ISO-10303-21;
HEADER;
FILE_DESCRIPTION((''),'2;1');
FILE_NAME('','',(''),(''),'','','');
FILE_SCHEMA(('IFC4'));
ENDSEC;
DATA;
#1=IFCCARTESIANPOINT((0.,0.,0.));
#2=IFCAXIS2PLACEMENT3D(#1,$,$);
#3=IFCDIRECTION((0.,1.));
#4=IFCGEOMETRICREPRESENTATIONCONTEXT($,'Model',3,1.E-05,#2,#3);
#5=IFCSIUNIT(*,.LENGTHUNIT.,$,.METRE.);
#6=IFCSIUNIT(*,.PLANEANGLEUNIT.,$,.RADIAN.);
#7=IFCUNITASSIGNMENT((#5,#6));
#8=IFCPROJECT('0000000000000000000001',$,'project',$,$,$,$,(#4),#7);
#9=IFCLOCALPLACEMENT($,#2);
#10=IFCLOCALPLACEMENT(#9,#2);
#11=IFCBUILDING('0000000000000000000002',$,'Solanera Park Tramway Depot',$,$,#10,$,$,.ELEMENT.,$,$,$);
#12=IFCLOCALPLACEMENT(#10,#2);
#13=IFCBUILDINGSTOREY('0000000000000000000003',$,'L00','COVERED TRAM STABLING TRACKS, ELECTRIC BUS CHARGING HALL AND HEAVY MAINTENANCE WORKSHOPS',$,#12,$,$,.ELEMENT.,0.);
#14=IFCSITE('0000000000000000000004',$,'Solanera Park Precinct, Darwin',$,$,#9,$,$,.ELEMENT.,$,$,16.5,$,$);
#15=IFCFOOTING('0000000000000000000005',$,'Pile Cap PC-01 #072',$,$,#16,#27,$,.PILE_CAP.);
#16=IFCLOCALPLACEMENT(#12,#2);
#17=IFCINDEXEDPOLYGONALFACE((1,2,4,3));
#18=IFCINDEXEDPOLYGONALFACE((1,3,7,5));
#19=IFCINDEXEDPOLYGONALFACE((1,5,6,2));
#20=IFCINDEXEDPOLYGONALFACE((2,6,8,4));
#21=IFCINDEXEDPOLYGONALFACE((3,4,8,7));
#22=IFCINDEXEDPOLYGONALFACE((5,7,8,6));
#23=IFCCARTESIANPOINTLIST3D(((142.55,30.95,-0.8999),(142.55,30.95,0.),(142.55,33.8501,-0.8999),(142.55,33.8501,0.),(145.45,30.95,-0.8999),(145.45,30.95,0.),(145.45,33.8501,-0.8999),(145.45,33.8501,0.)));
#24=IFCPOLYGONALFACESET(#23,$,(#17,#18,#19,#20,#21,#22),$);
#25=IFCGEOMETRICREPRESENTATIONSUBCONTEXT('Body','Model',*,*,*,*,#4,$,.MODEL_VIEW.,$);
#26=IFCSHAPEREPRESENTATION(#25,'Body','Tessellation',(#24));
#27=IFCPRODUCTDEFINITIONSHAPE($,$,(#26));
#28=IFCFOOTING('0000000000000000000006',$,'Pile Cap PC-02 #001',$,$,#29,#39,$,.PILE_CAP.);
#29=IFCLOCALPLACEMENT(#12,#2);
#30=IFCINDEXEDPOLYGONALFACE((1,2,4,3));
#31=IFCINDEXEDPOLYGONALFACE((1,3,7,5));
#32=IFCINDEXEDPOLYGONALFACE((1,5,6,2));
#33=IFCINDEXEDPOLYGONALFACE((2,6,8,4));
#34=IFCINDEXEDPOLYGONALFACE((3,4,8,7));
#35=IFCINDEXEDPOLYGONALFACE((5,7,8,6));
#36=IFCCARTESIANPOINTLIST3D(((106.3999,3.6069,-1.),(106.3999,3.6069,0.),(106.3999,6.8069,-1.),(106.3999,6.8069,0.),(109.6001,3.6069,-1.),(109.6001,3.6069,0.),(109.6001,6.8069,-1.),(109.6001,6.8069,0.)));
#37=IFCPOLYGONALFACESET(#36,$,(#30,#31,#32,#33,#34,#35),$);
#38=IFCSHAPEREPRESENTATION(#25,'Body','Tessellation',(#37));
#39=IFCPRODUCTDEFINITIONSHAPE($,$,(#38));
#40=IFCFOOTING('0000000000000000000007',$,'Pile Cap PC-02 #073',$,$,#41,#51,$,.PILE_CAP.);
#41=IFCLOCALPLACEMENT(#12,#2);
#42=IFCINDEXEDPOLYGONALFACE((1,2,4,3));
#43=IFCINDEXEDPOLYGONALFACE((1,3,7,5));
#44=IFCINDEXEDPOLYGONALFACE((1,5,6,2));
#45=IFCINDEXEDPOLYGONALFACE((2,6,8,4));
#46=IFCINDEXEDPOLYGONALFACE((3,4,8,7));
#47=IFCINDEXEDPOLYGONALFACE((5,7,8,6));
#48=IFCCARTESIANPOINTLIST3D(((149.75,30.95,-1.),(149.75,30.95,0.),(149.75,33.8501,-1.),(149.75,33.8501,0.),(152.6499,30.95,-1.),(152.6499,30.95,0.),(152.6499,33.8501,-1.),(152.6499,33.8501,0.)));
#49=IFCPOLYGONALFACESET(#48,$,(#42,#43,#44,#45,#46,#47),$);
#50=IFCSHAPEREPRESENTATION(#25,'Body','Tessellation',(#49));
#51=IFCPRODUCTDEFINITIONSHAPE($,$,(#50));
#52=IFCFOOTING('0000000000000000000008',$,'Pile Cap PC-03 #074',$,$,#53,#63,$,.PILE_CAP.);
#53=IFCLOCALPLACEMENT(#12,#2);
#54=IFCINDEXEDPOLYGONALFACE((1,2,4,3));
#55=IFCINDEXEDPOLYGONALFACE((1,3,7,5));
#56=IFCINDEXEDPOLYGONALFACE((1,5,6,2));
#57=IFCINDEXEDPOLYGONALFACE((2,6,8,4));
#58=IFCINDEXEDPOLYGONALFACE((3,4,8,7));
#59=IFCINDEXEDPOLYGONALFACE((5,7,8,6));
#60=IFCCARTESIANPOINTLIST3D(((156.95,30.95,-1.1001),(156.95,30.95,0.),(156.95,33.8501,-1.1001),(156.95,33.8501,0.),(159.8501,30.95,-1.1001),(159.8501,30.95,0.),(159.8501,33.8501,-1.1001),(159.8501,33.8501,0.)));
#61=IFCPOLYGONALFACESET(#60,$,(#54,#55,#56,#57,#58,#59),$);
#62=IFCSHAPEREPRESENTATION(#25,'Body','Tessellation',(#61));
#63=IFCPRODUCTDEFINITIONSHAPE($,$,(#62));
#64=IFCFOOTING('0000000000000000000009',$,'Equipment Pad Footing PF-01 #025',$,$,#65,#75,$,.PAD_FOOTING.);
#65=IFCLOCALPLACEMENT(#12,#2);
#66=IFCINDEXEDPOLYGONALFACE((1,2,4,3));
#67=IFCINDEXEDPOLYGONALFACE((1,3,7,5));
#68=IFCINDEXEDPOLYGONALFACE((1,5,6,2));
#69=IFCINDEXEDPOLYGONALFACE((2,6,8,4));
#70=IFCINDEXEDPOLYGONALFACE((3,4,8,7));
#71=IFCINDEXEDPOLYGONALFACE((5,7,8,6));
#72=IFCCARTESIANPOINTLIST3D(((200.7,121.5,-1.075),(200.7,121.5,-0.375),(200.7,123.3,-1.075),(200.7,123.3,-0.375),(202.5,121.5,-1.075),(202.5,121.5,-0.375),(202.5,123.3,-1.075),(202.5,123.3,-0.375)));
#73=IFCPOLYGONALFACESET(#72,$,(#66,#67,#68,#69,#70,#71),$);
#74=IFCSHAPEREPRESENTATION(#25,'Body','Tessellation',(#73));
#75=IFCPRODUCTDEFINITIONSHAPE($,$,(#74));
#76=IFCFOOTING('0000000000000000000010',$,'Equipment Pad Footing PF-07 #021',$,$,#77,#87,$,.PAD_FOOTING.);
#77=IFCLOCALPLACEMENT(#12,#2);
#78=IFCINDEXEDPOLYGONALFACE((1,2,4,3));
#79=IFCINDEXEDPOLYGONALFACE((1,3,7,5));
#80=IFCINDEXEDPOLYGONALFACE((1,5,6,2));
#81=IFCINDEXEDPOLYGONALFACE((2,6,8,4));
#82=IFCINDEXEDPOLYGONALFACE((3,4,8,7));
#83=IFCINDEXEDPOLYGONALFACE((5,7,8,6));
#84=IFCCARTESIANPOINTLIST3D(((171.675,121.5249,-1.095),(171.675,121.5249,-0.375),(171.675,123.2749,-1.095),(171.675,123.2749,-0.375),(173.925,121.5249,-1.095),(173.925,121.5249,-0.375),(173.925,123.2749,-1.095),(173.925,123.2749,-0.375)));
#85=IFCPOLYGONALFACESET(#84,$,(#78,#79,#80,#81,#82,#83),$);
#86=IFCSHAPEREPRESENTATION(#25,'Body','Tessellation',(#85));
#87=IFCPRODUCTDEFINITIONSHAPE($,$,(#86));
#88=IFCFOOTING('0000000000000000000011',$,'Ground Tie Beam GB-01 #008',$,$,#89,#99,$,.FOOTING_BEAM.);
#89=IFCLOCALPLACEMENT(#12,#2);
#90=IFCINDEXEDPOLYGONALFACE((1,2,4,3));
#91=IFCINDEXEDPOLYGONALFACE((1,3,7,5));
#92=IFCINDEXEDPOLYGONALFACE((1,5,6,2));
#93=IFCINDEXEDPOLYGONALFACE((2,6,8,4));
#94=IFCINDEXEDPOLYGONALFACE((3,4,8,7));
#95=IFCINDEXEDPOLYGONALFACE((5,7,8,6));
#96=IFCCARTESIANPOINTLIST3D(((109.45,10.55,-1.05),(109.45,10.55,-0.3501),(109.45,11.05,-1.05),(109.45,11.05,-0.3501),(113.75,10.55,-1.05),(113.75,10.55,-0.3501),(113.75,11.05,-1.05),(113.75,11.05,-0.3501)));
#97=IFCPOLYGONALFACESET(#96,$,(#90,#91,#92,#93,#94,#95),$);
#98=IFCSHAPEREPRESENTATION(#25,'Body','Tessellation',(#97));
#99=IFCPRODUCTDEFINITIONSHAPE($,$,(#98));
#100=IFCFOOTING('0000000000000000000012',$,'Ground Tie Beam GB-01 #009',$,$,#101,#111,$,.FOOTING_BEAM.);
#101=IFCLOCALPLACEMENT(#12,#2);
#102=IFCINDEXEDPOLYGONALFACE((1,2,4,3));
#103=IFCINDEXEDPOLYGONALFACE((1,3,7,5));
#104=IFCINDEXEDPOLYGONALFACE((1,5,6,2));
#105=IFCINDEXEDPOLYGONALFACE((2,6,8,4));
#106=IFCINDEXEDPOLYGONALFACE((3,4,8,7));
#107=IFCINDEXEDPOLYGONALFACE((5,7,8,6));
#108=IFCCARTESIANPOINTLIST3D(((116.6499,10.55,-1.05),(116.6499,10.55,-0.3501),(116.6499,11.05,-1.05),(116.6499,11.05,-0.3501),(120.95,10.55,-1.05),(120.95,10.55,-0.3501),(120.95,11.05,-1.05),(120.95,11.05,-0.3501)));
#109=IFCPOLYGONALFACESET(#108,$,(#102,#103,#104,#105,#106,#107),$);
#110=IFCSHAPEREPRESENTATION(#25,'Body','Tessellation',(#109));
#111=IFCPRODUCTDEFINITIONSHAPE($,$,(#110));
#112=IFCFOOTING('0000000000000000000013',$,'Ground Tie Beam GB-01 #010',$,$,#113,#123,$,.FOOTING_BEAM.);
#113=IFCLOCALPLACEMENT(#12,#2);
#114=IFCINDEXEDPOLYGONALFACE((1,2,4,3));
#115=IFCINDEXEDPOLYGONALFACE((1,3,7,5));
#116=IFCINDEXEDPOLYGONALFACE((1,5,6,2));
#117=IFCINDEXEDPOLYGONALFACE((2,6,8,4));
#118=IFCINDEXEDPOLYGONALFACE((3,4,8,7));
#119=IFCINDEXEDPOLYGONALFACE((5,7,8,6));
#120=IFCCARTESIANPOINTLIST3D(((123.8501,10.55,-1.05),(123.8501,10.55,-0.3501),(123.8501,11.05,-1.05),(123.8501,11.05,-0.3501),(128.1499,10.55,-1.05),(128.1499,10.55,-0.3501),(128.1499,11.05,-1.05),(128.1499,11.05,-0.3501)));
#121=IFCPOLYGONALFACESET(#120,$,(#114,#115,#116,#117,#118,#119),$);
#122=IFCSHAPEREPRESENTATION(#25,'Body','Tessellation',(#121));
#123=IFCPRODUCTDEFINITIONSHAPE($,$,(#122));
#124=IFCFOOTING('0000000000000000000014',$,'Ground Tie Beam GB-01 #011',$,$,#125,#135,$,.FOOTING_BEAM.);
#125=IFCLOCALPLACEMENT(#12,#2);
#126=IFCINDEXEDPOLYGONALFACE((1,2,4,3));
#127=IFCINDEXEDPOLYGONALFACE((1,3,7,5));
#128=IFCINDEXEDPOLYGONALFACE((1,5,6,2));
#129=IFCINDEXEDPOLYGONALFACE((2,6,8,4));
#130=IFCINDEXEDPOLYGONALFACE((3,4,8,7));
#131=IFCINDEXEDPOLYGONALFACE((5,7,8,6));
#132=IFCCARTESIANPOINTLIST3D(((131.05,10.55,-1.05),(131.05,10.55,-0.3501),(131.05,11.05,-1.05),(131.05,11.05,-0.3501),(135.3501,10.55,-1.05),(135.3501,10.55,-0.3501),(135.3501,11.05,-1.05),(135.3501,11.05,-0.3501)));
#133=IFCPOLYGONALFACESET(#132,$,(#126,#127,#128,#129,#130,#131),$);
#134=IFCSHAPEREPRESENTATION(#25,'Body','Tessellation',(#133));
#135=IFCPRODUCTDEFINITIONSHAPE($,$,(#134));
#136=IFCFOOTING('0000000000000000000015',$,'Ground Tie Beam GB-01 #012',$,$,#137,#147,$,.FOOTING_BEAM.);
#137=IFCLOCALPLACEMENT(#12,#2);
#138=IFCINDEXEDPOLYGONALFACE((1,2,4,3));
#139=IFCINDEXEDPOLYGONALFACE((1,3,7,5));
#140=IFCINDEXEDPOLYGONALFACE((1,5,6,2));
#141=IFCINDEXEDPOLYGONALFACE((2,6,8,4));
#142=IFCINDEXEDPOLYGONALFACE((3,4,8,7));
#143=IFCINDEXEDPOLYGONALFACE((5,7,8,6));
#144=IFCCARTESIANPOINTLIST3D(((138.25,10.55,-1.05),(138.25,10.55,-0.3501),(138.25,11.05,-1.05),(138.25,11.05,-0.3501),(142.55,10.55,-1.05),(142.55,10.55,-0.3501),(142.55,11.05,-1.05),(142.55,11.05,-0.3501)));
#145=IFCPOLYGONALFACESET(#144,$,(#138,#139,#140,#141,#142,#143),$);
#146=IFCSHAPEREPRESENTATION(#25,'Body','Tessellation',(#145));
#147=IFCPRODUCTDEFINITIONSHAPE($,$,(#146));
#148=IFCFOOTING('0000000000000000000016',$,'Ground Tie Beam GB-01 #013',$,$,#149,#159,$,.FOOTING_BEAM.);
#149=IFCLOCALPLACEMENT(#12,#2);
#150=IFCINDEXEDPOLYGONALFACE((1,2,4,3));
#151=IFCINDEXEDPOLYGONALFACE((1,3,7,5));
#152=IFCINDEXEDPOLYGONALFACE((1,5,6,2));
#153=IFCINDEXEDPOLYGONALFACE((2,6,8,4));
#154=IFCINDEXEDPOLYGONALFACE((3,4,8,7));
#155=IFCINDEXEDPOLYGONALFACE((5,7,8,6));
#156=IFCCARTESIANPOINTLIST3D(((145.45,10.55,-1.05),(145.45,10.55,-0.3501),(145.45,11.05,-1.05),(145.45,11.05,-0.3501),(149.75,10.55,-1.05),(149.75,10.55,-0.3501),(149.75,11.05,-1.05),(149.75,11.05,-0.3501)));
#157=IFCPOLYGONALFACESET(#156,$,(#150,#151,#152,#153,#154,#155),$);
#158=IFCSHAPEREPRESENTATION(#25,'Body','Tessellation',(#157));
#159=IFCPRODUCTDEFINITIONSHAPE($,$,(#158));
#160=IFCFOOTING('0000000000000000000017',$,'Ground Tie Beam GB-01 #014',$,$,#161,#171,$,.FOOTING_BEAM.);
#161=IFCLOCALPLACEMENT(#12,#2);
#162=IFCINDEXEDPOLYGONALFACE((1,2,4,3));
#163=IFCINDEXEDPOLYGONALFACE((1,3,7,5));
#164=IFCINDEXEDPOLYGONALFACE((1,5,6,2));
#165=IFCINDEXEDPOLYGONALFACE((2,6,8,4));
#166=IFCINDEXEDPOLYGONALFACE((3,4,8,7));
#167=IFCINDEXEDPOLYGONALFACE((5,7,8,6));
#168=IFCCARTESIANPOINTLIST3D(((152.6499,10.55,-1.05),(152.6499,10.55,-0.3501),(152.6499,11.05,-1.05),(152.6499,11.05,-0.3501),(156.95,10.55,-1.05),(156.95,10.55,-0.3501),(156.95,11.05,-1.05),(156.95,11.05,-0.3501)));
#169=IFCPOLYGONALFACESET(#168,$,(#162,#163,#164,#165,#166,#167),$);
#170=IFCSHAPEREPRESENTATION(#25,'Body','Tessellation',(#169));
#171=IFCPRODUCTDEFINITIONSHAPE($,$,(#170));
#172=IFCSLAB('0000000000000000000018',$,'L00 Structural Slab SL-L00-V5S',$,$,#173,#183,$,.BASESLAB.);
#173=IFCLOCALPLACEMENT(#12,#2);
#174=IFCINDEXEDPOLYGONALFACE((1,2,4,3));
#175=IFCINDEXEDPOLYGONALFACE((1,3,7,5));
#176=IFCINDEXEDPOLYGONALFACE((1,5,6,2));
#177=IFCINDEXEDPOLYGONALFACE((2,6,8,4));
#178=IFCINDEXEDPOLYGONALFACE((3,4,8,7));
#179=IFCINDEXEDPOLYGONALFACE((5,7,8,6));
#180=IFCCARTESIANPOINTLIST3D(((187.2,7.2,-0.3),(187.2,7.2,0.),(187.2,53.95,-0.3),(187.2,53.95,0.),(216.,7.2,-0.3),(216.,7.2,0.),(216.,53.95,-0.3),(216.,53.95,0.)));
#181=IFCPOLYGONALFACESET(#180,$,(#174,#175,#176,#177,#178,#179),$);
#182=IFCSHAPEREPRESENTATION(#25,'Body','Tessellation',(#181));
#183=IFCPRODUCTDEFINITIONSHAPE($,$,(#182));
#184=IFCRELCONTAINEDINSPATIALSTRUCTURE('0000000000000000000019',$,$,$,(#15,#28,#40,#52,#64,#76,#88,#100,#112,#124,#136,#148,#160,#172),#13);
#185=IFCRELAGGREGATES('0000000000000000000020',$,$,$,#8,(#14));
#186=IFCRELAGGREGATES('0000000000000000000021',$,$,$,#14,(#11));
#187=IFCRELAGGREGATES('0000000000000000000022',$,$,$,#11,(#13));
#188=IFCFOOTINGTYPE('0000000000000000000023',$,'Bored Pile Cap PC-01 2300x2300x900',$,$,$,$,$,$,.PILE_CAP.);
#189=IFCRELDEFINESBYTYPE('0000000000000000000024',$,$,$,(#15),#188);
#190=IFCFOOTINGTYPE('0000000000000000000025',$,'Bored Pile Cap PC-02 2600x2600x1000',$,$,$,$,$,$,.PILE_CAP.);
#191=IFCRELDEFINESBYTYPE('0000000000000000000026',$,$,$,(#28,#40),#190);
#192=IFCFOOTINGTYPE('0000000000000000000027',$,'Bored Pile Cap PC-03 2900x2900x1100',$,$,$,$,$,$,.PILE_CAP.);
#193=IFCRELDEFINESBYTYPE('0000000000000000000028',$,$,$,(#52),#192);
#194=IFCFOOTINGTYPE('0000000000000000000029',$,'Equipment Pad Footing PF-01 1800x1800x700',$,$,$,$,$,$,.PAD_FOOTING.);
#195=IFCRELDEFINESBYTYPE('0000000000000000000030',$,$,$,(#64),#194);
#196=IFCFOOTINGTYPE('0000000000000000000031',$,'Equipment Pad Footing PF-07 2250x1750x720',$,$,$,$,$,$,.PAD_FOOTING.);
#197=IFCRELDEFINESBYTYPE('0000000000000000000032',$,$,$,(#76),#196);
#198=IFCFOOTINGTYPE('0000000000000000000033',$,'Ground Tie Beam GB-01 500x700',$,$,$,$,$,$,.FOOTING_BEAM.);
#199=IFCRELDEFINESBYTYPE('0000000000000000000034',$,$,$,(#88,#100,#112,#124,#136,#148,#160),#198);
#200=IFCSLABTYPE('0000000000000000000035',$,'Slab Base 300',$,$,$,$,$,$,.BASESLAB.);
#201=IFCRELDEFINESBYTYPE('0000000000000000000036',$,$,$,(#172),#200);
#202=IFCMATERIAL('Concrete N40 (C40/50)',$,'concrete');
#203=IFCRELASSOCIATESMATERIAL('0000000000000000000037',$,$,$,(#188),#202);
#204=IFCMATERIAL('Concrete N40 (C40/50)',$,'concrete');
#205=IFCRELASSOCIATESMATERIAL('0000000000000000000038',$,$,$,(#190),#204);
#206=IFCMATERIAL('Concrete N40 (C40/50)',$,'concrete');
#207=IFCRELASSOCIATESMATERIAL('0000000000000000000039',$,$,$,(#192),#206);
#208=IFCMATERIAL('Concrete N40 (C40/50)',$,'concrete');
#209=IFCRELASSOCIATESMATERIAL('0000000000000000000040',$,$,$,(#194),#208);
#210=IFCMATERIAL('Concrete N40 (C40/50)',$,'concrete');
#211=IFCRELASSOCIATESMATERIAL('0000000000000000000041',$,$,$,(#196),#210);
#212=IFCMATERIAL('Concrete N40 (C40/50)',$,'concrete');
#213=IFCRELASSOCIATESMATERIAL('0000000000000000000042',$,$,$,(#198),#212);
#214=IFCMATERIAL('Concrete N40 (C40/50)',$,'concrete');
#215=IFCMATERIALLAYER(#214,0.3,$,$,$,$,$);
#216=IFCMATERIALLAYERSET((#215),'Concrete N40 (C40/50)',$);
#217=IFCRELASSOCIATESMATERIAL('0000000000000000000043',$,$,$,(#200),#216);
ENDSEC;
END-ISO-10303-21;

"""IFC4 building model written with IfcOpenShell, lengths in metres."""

from ifc_helpers import new_model, si_unit, direction, frame, origin, place, context, subcontext, project, spatial, polyline, outline, extrude, material, layer, layer_set, type_object, element, save


model = new_model("IFC4")

# Units and contexts
model_context = context("Model", 3, precision=1e-05, world=origin(), true_north=direction((0.0, 1.0)))
body_context = subcontext(model_context, "Body", "Model", "MODEL_VIEW")
ifc_project = project(units=[si_unit("LENGTHUNIT", "METRE"), si_unit("PLANEANGLEUNIT", "RADIAN")], contexts=[model_context])

# Site, building, storey
site_placement = place(None, origin())
site = spatial("IfcSite", under=ifc_project, at=site_placement, Name="Solanera Park Precinct, Darwin", CompositionType="ELEMENT", RefElevation=16.5)
building_placement = place(site_placement, origin())
building = spatial("IfcBuilding", under=site, at=building_placement, Name="Solanera Park Tramway Depot", CompositionType="ELEMENT")
storey_placement = place(building_placement, origin())
storey = spatial("IfcBuildingStorey", under=building, at=storey_placement, Name="L00", Description="COVERED TRAM STABLING TRACKS, ELECTRIC BUS CHARGING HALL AND HEAVY MAINTENANCE WORKSHOPS", CompositionType="ELEMENT", Elevation=0.0)

# Footings
ifc_material_1 = material(Name="Concrete N40 (C40/50)", Category="concrete")
footing_type_1 = type_object("IfcFootingType", Name="Bored Pile Cap PC-01 2300x2300x900", PredefinedType="PILE_CAP", material=ifc_material_1)
footing_1_placement = place(storey_placement, frame((0.0, 0.0, -0.8999)))
element("IfcFooting", 1, at=footing_1_placement, inside=storey, type_object=footing_type_1, Name="Pile Cap PC-01 #072", PredefinedType="PILE_CAP", context=body_context, shape_type="SweptSolid", body=[
    extrude(outline(polyline([(145.45, 30.95), (145.45, 33.8501), (142.55, 33.8501), (142.55, 30.95), (145.45, 30.95)])), origin(), (0.0, 0.0, 1.0), 0.8999),
])
ifc_material_2 = material(Name="Concrete N40 (C40/50)", Category="concrete")
footing_type_2 = type_object("IfcFootingType", Name="Bored Pile Cap PC-02 2600x2600x1000", PredefinedType="PILE_CAP", material=ifc_material_2)
footing_2_placement = place(storey_placement, frame((0.0, 0.0, -1.0)))
element("IfcFooting", 2, at=footing_2_placement, inside=storey, type_object=footing_type_2, Name="Pile Cap PC-02 #001", PredefinedType="PILE_CAP", context=body_context, shape_type="SweptSolid", body=[
    extrude(outline(polyline([(109.6001, 3.6069), (109.6001, 6.8069), (106.3999, 6.8069), (106.3999, 3.6069), (109.6001, 3.6069)])), origin(), (0.0, 0.0, 1.0), 1.0),
])
footing_3_placement = place(storey_placement, frame((0.0, 0.0, -1.0)))
element("IfcFooting", 3, at=footing_3_placement, inside=storey, type_object=footing_type_2, Name="Pile Cap PC-02 #073", PredefinedType="PILE_CAP", context=body_context, shape_type="SweptSolid", body=[
    extrude(outline(polyline([(152.6499, 30.95), (152.6499, 33.8501), (149.75, 33.8501), (149.75, 30.95), (152.6499, 30.95)])), origin(), (0.0, 0.0, 1.0), 1.0),
])
ifc_material_3 = material(Name="Concrete N40 (C40/50)", Category="concrete")
footing_type_3 = type_object("IfcFootingType", Name="Bored Pile Cap PC-03 2900x2900x1100", PredefinedType="PILE_CAP", material=ifc_material_3)
footing_4_placement = place(storey_placement, frame((0.0, 0.0, -1.1001)))
element("IfcFooting", 4, at=footing_4_placement, inside=storey, type_object=footing_type_3, Name="Pile Cap PC-03 #074", PredefinedType="PILE_CAP", context=body_context, shape_type="SweptSolid", body=[
    extrude(outline(polyline([(159.8501, 30.95), (159.8501, 33.8501), (156.95, 33.8501), (156.95, 30.95), (159.8501, 30.95)])), origin(), (0.0, 0.0, 1.0), 1.1001),
])
ifc_material_4 = material(Name="Concrete N40 (C40/50)", Category="concrete")
footing_type_4 = type_object("IfcFootingType", Name="Equipment Pad Footing PF-01 1800x1800x700", PredefinedType="PAD_FOOTING", material=ifc_material_4)
footing_5_placement = place(storey_placement, frame((0.0, 0.0, -1.075)))
element("IfcFooting", 5, at=footing_5_placement, inside=storey, type_object=footing_type_4, Name="Equipment Pad Footing PF-01 #025", PredefinedType="PAD_FOOTING", context=body_context, shape_type="SweptSolid", body=[
    extrude(outline(polyline([(202.5, 121.5), (202.5, 123.3), (200.7, 123.3), (200.7, 121.5), (202.5, 121.5)])), origin(), (0.0, 0.0, 1.0), 0.7),
])
ifc_material_5 = material(Name="Concrete N40 (C40/50)", Category="concrete")
footing_type_5 = type_object("IfcFootingType", Name="Equipment Pad Footing PF-07 2250x1750x720", PredefinedType="PAD_FOOTING", material=ifc_material_5)
footing_6_placement = place(storey_placement, frame((0.0, 0.0, -1.095)))
element("IfcFooting", 6, at=footing_6_placement, inside=storey, type_object=footing_type_5, Name="Equipment Pad Footing PF-07 #021", PredefinedType="PAD_FOOTING", context=body_context, shape_type="SweptSolid", body=[
    extrude(outline(polyline([(173.925, 121.5249), (173.925, 123.2749), (171.675, 123.2749), (171.675, 121.5249), (173.925, 121.5249)])), origin(), (0.0, 0.0, 1.0), 0.72),
])
ifc_material_6 = material(Name="Concrete N40 (C40/50)", Category="concrete")
footing_type_6 = type_object("IfcFootingType", Name="Ground Tie Beam GB-01 500x700", PredefinedType="FOOTING_BEAM", material=ifc_material_6)
footing_7_placement = place(storey_placement, frame((0.0, 0.0, -1.05)))
element("IfcFooting", 7, at=footing_7_placement, inside=storey, type_object=footing_type_6, Name="Ground Tie Beam GB-01 #008", PredefinedType="FOOTING_BEAM", context=body_context, shape_type="SweptSolid", body=[
    extrude(outline(polyline([(113.75, 10.55), (113.75, 11.05), (109.45, 11.05), (109.45, 10.55), (113.75, 10.55)])), origin(), (0.0, 0.0, 1.0), 0.7),
])
footing_8_placement = place(storey_placement, frame((0.0, 0.0, -1.05)))
element("IfcFooting", 8, at=footing_8_placement, inside=storey, type_object=footing_type_6, Name="Ground Tie Beam GB-01 #009", PredefinedType="FOOTING_BEAM", context=body_context, shape_type="SweptSolid", body=[
    extrude(outline(polyline([(120.95, 10.55), (120.95, 11.05), (116.6499, 11.05), (116.6499, 10.55), (120.95, 10.55)])), origin(), (0.0, 0.0, 1.0), 0.7),
])
footing_9_placement = place(storey_placement, frame((0.0, 0.0, -1.05)))
element("IfcFooting", 9, at=footing_9_placement, inside=storey, type_object=footing_type_6, Name="Ground Tie Beam GB-01 #010", PredefinedType="FOOTING_BEAM", context=body_context, shape_type="SweptSolid", body=[
    extrude(outline(polyline([(128.1499, 10.55), (128.1499, 11.05), (123.8501, 11.05), (123.8501, 10.55), (128.1499, 10.55)])), origin(), (0.0, 0.0, 1.0), 0.7),
])
footing_10_placement = place(storey_placement, frame((0.0, 0.0, -1.05)))
element("IfcFooting", 10, at=footing_10_placement, inside=storey, type_object=footing_type_6, Name="Ground Tie Beam GB-01 #011", PredefinedType="FOOTING_BEAM", context=body_context, shape_type="SweptSolid", body=[
    extrude(outline(polyline([(135.3501, 10.55), (135.3501, 11.05), (131.05, 11.05), (131.05, 10.55), (135.3501, 10.55)])), origin(), (0.0, 0.0, 1.0), 0.7),
])
footing_11_placement = place(storey_placement, frame((0.0, 0.0, -1.05)))
element("IfcFooting", 11, at=footing_11_placement, inside=storey, type_object=footing_type_6, Name="Ground Tie Beam GB-01 #012", PredefinedType="FOOTING_BEAM", context=body_context, shape_type="SweptSolid", body=[
    extrude(outline(polyline([(142.55, 10.55), (142.55, 11.05), (138.25, 11.05), (138.25, 10.55), (142.55, 10.55)])), origin(), (0.0, 0.0, 1.0), 0.7),
])
footing_12_placement = place(storey_placement, frame((0.0, 0.0, -1.05)))
element("IfcFooting", 12, at=footing_12_placement, inside=storey, type_object=footing_type_6, Name="Ground Tie Beam GB-01 #013", PredefinedType="FOOTING_BEAM", context=body_context, shape_type="SweptSolid", body=[
    extrude(outline(polyline([(149.75, 10.55), (149.75, 11.05), (145.45, 11.05), (145.45, 10.55), (149.75, 10.55)])), origin(), (0.0, 0.0, 1.0), 0.7),
])
footing_13_placement = place(storey_placement, frame((0.0, 0.0, -1.05)))
element("IfcFooting", 13, at=footing_13_placement, inside=storey, type_object=footing_type_6, Name="Ground Tie Beam GB-01 #014", PredefinedType="FOOTING_BEAM", context=body_context, shape_type="SweptSolid", body=[
    extrude(outline(polyline([(156.95, 10.55), (156.95, 11.05), (152.6499, 11.05), (152.6499, 10.55), (156.95, 10.55)])), origin(), (0.0, 0.0, 1.0), 0.7),
])

# Slab
ifc_material_7 = material(Name="Concrete N40 (C40/50)", Category="concrete")
ifc_layer_1 = layer(ifc_material_7, 0.3)
ifc_layer_set_1 = layer_set([ifc_layer_1], Name="Concrete N40 (C40/50)")
slab_type_1 = type_object("IfcSlabType", Name="Slab Base 300", PredefinedType="BASESLAB", material=ifc_layer_set_1)
slab_1_placement = place(storey_placement, frame((0.0, 0.0, -0.3)))
element("IfcSlab", 14, at=slab_1_placement, inside=storey, type_object=slab_type_1, Name="L00 Structural Slab SL-L00-V5S", PredefinedType="BASESLAB", context=body_context, shape_type="SweptSolid", body=[
    extrude(outline(polyline([(216.0, 7.2), (216.0, 53.95), (187.2, 53.95), (187.2, 7.2), (216.0, 7.2)])), origin(), (0.0, 0.0, 1.0), 0.3),
])

save(model, "model.ifc")
